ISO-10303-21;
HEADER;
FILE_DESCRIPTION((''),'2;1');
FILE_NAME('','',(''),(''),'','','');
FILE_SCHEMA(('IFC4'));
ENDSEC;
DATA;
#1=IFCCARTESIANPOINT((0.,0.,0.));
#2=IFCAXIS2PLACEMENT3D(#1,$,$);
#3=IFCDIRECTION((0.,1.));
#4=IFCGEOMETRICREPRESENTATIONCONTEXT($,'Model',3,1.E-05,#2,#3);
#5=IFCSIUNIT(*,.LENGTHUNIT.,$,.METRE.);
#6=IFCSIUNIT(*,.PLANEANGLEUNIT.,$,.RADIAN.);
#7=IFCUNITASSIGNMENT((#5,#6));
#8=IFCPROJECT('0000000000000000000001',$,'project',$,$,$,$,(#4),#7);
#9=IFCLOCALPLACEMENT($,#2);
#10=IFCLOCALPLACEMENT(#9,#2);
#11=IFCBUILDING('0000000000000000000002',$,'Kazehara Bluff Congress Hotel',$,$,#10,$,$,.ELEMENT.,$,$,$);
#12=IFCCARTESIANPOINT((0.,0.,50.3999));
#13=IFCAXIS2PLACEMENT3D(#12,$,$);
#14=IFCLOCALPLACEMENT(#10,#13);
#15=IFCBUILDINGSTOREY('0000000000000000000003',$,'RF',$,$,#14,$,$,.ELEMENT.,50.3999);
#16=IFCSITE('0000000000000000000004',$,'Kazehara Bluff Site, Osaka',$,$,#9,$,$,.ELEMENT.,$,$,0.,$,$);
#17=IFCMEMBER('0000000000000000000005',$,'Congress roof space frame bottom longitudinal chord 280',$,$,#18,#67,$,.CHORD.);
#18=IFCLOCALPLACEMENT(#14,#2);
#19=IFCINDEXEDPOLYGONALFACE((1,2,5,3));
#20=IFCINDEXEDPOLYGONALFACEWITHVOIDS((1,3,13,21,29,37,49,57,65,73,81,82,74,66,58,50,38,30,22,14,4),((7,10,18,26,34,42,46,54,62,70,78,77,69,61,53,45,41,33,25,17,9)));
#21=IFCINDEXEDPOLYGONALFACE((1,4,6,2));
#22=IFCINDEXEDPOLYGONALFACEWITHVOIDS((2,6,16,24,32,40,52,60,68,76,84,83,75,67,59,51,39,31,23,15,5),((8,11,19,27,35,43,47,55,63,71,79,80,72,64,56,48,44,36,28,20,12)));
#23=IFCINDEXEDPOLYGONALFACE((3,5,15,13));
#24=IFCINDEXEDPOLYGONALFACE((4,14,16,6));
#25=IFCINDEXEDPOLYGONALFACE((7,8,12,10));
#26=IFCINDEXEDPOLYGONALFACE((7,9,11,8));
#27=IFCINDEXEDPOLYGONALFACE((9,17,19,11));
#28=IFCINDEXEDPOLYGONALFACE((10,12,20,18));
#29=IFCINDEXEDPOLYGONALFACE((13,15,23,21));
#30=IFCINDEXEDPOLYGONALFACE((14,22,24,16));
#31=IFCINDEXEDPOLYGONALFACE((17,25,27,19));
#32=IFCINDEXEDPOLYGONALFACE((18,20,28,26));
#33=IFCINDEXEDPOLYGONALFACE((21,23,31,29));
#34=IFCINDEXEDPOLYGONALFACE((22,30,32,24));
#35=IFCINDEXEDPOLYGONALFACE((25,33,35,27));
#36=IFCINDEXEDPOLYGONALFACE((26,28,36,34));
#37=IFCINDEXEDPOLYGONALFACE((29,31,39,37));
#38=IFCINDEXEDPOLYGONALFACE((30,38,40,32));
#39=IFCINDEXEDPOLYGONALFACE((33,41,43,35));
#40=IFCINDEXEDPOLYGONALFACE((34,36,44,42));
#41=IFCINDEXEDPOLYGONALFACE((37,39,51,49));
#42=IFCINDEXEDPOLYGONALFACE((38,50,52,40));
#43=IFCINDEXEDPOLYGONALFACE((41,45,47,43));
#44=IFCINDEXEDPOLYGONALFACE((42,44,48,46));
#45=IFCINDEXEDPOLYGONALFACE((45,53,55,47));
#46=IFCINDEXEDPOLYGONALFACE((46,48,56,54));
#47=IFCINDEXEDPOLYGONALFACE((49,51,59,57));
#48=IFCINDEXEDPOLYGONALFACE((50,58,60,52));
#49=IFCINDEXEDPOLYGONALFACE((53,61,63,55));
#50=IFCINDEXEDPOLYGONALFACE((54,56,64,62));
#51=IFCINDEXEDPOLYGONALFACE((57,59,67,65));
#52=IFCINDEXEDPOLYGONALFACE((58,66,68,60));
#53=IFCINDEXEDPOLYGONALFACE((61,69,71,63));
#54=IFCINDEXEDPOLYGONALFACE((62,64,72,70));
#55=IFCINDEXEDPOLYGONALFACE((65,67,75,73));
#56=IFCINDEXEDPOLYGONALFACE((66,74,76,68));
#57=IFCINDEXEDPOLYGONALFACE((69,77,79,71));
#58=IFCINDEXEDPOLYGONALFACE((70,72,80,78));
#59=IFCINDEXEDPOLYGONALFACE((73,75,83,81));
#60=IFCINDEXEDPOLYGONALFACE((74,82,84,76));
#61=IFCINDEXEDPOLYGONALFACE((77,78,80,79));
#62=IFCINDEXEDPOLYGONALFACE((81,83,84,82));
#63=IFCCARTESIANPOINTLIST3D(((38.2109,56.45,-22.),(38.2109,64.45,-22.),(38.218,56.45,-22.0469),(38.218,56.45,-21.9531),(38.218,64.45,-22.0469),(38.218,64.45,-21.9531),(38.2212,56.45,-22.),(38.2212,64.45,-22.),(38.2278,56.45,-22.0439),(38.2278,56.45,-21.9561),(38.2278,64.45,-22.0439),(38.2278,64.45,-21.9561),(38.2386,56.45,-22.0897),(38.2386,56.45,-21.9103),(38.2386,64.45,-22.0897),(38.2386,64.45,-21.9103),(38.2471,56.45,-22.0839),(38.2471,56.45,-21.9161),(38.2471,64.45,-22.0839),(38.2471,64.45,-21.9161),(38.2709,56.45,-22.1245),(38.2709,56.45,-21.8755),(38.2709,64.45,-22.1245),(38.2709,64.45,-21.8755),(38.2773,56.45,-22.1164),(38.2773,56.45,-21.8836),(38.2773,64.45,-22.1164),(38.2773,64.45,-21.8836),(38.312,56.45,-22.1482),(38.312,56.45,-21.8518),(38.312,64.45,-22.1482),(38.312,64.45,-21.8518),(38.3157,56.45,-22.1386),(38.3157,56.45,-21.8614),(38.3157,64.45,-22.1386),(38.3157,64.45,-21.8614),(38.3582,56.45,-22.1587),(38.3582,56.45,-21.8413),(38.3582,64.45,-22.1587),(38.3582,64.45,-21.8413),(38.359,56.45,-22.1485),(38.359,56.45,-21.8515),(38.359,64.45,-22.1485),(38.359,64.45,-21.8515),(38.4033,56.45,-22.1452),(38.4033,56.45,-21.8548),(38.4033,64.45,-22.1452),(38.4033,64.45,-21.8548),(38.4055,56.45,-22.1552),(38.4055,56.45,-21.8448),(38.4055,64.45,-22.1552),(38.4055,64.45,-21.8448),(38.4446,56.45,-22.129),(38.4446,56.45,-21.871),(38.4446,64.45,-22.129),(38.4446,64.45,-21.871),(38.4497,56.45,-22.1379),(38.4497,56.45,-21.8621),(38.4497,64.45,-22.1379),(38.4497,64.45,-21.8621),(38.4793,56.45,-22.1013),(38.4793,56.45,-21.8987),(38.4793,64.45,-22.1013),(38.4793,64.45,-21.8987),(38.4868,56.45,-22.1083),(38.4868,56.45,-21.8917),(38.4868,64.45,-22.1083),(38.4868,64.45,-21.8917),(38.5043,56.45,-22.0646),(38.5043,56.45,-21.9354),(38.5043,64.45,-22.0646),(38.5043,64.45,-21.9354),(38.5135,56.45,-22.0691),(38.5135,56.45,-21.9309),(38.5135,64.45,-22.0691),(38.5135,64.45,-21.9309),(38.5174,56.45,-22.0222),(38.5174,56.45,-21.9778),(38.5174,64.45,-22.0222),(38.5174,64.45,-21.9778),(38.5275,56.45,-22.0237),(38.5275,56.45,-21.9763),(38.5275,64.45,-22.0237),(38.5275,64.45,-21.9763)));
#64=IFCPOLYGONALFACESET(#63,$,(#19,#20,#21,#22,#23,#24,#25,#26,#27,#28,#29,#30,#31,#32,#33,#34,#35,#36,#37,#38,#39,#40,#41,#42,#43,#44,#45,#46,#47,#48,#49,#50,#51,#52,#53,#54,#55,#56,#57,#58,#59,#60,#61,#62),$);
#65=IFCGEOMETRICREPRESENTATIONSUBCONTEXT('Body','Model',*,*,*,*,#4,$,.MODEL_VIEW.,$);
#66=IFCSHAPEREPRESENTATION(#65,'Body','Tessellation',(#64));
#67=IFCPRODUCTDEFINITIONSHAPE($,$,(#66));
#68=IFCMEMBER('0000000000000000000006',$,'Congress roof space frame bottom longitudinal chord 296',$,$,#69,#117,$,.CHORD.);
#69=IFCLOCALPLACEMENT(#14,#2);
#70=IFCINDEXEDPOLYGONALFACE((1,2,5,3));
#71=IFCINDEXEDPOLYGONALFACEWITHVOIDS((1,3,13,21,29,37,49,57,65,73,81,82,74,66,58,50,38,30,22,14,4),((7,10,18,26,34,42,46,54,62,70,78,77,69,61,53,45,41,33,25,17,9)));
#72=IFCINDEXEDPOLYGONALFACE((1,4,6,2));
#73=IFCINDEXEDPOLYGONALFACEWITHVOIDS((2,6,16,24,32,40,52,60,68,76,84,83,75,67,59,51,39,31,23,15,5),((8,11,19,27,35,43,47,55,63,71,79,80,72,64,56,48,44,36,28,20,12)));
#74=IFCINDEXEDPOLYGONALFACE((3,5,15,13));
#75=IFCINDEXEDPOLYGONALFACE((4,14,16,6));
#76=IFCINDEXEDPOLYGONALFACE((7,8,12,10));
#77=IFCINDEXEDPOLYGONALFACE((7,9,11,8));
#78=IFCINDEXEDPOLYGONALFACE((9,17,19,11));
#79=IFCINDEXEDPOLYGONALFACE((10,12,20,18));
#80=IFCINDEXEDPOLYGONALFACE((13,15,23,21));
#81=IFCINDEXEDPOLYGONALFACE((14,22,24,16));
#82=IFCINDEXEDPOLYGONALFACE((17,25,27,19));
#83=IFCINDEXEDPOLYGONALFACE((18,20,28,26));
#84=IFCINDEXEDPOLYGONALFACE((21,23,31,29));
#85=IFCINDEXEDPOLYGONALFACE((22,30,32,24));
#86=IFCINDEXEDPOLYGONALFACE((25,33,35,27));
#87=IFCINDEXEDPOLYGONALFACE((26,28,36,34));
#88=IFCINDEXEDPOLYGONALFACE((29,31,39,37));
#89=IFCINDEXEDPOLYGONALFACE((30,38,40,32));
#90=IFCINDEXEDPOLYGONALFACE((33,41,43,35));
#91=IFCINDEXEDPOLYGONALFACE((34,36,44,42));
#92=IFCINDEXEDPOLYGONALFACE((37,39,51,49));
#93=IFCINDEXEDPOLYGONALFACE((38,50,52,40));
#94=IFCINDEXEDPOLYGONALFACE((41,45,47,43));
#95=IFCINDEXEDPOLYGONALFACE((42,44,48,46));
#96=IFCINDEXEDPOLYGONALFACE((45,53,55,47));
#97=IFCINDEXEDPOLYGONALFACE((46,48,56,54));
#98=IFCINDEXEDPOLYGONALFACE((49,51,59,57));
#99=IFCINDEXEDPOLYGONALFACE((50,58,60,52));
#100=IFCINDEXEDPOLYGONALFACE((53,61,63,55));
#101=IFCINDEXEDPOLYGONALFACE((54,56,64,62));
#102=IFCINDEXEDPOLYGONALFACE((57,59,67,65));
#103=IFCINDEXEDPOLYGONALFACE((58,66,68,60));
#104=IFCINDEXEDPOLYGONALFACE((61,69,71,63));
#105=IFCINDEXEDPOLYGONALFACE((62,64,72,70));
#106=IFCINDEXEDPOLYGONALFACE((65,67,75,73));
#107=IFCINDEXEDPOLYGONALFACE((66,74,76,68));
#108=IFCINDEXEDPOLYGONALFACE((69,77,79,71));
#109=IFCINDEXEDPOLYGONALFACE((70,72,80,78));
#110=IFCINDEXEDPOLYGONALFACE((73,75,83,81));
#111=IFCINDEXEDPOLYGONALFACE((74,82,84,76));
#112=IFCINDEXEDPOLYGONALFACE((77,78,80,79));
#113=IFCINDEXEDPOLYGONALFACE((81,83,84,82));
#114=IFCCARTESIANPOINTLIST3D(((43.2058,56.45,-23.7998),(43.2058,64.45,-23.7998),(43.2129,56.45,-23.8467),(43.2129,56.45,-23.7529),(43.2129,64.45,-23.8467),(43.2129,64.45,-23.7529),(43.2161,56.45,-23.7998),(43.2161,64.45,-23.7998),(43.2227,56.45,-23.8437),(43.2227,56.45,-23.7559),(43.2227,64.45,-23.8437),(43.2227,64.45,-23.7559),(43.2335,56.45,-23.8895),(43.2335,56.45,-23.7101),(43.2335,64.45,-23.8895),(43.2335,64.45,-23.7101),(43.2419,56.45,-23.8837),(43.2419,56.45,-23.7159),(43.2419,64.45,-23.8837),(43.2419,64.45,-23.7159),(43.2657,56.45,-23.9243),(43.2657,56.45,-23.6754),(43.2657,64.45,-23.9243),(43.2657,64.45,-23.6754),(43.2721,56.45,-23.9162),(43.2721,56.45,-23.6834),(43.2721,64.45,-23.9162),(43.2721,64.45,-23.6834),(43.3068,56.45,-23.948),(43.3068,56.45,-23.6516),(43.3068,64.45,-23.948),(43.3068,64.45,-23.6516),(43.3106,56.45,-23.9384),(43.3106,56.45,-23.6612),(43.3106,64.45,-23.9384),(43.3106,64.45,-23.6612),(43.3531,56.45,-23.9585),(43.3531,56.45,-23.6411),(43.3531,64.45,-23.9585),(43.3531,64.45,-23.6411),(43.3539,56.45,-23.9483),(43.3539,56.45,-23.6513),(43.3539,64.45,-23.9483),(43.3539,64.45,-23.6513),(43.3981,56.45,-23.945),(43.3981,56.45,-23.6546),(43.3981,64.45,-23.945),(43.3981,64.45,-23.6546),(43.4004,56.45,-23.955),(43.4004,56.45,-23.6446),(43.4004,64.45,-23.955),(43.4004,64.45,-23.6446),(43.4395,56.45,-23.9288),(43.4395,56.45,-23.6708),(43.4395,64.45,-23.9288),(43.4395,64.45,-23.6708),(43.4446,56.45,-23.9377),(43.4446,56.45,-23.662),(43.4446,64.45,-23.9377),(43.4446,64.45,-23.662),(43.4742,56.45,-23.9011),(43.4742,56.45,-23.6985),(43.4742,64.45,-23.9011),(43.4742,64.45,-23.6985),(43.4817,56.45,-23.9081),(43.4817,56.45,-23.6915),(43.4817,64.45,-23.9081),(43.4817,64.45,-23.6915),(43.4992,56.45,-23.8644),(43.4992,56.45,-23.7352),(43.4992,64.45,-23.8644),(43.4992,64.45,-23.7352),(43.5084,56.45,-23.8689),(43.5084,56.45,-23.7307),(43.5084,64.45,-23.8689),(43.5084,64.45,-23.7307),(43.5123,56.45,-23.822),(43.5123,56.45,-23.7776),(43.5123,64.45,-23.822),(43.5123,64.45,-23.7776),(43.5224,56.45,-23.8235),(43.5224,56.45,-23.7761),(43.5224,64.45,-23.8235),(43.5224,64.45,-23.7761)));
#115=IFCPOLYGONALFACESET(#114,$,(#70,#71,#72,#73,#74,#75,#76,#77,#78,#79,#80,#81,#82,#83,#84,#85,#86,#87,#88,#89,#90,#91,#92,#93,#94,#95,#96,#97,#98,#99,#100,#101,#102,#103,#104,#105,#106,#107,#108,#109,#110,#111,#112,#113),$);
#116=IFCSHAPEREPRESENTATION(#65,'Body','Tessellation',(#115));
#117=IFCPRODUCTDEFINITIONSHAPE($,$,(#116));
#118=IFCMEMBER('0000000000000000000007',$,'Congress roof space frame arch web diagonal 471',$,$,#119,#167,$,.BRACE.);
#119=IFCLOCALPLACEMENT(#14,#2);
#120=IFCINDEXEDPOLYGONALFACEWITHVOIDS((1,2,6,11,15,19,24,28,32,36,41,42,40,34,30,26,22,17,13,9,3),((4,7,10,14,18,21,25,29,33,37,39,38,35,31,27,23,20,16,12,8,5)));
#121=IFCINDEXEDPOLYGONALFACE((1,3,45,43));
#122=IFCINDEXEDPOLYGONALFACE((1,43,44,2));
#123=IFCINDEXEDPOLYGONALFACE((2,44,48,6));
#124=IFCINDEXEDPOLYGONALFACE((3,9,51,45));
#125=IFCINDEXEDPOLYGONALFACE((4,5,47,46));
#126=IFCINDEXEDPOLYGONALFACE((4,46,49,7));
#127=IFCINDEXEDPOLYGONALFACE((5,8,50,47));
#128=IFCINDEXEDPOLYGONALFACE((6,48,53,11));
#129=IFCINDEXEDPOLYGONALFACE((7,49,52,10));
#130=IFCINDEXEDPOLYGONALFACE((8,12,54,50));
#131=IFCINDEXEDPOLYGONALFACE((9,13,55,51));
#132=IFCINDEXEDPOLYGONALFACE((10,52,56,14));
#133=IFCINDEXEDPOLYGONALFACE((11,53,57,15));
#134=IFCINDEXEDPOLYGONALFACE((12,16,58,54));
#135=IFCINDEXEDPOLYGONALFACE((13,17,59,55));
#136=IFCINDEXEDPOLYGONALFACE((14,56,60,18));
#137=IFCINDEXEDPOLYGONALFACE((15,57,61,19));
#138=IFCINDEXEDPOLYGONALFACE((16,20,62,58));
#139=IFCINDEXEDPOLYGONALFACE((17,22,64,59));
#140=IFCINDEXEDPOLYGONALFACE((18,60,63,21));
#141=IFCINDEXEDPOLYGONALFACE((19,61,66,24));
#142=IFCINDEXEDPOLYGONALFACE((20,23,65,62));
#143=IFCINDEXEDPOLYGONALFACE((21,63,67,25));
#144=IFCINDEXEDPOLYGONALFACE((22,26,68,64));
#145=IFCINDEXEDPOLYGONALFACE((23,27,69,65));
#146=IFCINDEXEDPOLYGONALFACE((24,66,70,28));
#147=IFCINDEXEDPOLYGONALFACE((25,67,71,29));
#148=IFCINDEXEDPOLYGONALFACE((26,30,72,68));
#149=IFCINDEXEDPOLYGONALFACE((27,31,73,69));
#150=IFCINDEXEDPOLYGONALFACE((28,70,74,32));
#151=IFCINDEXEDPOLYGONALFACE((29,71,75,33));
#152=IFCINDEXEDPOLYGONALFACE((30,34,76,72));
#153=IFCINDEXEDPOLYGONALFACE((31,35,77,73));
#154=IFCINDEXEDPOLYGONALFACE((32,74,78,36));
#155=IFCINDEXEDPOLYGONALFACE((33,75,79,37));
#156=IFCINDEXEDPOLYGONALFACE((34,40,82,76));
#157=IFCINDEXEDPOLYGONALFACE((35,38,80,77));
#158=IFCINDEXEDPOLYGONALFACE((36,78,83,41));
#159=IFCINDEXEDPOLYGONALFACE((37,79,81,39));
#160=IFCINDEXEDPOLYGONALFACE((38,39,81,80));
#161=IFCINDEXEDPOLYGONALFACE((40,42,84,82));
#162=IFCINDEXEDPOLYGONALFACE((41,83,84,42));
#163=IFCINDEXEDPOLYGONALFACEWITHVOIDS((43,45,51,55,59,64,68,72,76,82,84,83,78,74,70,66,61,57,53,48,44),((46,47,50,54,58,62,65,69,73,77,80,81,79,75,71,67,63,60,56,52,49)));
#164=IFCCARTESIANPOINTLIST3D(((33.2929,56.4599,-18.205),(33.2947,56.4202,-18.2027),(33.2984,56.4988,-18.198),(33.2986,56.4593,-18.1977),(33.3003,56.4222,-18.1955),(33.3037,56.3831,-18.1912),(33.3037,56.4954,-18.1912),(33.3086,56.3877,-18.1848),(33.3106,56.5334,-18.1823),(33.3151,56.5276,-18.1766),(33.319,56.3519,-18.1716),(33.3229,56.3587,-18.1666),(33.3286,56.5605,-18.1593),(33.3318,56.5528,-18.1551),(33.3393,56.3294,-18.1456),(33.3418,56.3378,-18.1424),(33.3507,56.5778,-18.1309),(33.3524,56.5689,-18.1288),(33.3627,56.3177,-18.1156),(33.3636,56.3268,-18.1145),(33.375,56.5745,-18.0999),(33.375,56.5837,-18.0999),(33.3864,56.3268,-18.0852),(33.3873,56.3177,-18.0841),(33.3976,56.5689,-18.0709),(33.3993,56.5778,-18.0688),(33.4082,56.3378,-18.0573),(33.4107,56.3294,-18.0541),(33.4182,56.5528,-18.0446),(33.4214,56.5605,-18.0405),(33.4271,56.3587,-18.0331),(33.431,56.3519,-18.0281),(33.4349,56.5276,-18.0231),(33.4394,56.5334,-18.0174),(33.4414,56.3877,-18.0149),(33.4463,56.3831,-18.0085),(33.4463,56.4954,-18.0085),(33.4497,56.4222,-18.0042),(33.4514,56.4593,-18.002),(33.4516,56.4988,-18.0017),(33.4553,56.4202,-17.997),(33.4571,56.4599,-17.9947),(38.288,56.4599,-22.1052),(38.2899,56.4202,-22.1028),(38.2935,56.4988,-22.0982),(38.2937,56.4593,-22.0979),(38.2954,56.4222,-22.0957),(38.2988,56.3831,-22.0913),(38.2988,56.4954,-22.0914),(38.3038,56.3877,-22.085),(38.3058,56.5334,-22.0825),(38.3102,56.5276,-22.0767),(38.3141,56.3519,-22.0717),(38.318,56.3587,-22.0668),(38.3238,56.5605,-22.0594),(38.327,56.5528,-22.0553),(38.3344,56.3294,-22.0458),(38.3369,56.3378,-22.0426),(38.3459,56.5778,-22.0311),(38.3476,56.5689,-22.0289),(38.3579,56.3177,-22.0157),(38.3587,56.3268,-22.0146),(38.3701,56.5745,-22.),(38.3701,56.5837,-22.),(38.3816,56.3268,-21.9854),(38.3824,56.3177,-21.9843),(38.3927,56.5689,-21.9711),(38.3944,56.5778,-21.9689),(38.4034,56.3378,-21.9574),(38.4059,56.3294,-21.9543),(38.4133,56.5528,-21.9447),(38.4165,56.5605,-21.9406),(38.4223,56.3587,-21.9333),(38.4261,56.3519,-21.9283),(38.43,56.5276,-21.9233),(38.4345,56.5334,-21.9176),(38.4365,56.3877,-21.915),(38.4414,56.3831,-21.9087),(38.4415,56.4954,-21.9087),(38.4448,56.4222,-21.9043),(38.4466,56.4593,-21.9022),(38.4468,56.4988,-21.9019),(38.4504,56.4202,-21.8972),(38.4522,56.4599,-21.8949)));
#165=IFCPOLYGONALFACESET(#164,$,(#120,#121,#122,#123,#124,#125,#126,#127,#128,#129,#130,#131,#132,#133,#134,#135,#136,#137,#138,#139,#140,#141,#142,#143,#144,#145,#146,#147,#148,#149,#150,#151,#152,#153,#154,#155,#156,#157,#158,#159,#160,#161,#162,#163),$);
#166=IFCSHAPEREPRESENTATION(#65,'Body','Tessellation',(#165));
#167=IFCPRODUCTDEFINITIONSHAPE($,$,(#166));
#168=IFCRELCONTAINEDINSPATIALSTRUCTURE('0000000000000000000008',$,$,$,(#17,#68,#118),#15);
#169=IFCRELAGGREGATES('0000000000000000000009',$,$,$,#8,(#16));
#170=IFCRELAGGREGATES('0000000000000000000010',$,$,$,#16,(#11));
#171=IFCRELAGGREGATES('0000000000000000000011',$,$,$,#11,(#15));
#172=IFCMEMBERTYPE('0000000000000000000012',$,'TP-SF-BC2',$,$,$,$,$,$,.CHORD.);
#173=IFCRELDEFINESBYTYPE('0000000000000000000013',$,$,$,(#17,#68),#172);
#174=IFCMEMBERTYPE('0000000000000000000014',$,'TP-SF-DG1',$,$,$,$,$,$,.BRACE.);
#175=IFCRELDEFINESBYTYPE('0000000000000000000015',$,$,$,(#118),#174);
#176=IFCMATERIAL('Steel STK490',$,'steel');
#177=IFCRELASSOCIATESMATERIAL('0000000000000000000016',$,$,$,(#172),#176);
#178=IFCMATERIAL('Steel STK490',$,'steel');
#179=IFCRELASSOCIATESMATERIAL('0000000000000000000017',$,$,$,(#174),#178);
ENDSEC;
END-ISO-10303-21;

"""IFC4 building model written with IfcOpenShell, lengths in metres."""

from ifc_helpers import new_model, si_unit, direction, frame, origin, origin_2d, place, context, subcontext, project, spatial, hollow_circle, extrude, material, material_profile, profile_set, type_object, element, save


model = new_model("IFC4")

# Units and contexts
model_context = context("Model", 3, precision=1e-05, world=origin(), true_north=direction((0.0, 1.0)))
body_context = subcontext(model_context, "Body", "Model", "MODEL_VIEW")
ifc_project = project(units=[si_unit("LENGTHUNIT", "METRE"), si_unit("PLANEANGLEUNIT", "RADIAN")], contexts=[model_context])

# Site, building, storey
site_placement = place(None, origin())
site = spatial("IfcSite", under=ifc_project, at=site_placement, Name="Kazehara Bluff Site, Osaka", CompositionType="ELEMENT", RefElevation=0.0)
building_placement = place(site_placement, origin())
building = spatial("IfcBuilding", under=site, at=building_placement, Name="Kazehara Bluff Congress Hotel", CompositionType="ELEMENT")
storey_placement = place(building_placement, frame((0.0, 0.0, 50.3999)))
storey = spatial("IfcBuildingStorey", under=building, at=storey_placement, Name="RF", CompositionType="ELEMENT", Elevation=50.3999)

# Members
ifc_material_1 = material(Name="Steel STK490", Category="steel")
ifc_material_profile_1 = material_profile(ifc_material_1, hollow_circle(Radius=0.1592, WallThickness=0.0103, at=origin_2d()))
ifc_profile_set_1 = profile_set([ifc_material_profile_1], Name="Steel STK490")
member_type_1 = type_object("IfcMemberType", Name="TP-SF-BC2", PredefinedType="CHORD", material=ifc_profile_set_1)
for number, where, z_axis, x_axis, name in (
    (1, (38.3701, 56.45, -22.0), (0.0, 1.0, 0.0), (-1.0, 0.0, 0.0), "Congress roof space frame bottom longitudinal chord 280"),
    (2, (43.365, 56.45, -23.7998), (0.0, 1.0, 0.0), (-1.0, 0.0, 0.0), "Congress roof space frame bottom longitudinal chord 296"),
):
    element("IfcMember", number, at=place(storey_placement, frame(where, z_axis=z_axis, x_axis=x_axis)), inside=storey, type_object=member_type_1, Name=name, PredefinedType="CHORD", context=body_context, shape_type="SweptSolid", body=[
        extrude(hollow_circle(Radius=0.1592, WallThickness=0.0103, at=origin_2d()), origin(), (0.0, 0.0, 1.0), 8.0),
    ])
ifc_material_2 = material(Name="Steel STK490", Category="steel")
ifc_material_profile_2 = material_profile(ifc_material_2, hollow_circle(Radius=0.1338, WallThickness=0.0093, at=origin_2d()))
ifc_profile_set_2 = profile_set([ifc_material_profile_2], Name="Steel STK490")
member_type_2 = type_object("IfcMemberType", Name="TP-SF-DG1", PredefinedType="BRACE", material=ifc_profile_set_2)
member_1_placement = place(storey_placement, frame((33.375, 56.45, -18.0999), z_axis=(0.7882, 0.0, -0.61542), x_axis=(0.0, 1.0, 0.0)))
element("IfcMember", 3, at=member_1_placement, inside=storey, type_object=member_type_2, Name="Congress roof space frame arch web diagonal 471", PredefinedType="BRACE", context=body_context, shape_type="SweptSolid", body=[
    extrude(hollow_circle(Radius=0.1338, WallThickness=0.0093, at=origin_2d()), origin(), (0.0, 0.0, 1.0), 6.3374),
])

save(model, "model.ifc")
